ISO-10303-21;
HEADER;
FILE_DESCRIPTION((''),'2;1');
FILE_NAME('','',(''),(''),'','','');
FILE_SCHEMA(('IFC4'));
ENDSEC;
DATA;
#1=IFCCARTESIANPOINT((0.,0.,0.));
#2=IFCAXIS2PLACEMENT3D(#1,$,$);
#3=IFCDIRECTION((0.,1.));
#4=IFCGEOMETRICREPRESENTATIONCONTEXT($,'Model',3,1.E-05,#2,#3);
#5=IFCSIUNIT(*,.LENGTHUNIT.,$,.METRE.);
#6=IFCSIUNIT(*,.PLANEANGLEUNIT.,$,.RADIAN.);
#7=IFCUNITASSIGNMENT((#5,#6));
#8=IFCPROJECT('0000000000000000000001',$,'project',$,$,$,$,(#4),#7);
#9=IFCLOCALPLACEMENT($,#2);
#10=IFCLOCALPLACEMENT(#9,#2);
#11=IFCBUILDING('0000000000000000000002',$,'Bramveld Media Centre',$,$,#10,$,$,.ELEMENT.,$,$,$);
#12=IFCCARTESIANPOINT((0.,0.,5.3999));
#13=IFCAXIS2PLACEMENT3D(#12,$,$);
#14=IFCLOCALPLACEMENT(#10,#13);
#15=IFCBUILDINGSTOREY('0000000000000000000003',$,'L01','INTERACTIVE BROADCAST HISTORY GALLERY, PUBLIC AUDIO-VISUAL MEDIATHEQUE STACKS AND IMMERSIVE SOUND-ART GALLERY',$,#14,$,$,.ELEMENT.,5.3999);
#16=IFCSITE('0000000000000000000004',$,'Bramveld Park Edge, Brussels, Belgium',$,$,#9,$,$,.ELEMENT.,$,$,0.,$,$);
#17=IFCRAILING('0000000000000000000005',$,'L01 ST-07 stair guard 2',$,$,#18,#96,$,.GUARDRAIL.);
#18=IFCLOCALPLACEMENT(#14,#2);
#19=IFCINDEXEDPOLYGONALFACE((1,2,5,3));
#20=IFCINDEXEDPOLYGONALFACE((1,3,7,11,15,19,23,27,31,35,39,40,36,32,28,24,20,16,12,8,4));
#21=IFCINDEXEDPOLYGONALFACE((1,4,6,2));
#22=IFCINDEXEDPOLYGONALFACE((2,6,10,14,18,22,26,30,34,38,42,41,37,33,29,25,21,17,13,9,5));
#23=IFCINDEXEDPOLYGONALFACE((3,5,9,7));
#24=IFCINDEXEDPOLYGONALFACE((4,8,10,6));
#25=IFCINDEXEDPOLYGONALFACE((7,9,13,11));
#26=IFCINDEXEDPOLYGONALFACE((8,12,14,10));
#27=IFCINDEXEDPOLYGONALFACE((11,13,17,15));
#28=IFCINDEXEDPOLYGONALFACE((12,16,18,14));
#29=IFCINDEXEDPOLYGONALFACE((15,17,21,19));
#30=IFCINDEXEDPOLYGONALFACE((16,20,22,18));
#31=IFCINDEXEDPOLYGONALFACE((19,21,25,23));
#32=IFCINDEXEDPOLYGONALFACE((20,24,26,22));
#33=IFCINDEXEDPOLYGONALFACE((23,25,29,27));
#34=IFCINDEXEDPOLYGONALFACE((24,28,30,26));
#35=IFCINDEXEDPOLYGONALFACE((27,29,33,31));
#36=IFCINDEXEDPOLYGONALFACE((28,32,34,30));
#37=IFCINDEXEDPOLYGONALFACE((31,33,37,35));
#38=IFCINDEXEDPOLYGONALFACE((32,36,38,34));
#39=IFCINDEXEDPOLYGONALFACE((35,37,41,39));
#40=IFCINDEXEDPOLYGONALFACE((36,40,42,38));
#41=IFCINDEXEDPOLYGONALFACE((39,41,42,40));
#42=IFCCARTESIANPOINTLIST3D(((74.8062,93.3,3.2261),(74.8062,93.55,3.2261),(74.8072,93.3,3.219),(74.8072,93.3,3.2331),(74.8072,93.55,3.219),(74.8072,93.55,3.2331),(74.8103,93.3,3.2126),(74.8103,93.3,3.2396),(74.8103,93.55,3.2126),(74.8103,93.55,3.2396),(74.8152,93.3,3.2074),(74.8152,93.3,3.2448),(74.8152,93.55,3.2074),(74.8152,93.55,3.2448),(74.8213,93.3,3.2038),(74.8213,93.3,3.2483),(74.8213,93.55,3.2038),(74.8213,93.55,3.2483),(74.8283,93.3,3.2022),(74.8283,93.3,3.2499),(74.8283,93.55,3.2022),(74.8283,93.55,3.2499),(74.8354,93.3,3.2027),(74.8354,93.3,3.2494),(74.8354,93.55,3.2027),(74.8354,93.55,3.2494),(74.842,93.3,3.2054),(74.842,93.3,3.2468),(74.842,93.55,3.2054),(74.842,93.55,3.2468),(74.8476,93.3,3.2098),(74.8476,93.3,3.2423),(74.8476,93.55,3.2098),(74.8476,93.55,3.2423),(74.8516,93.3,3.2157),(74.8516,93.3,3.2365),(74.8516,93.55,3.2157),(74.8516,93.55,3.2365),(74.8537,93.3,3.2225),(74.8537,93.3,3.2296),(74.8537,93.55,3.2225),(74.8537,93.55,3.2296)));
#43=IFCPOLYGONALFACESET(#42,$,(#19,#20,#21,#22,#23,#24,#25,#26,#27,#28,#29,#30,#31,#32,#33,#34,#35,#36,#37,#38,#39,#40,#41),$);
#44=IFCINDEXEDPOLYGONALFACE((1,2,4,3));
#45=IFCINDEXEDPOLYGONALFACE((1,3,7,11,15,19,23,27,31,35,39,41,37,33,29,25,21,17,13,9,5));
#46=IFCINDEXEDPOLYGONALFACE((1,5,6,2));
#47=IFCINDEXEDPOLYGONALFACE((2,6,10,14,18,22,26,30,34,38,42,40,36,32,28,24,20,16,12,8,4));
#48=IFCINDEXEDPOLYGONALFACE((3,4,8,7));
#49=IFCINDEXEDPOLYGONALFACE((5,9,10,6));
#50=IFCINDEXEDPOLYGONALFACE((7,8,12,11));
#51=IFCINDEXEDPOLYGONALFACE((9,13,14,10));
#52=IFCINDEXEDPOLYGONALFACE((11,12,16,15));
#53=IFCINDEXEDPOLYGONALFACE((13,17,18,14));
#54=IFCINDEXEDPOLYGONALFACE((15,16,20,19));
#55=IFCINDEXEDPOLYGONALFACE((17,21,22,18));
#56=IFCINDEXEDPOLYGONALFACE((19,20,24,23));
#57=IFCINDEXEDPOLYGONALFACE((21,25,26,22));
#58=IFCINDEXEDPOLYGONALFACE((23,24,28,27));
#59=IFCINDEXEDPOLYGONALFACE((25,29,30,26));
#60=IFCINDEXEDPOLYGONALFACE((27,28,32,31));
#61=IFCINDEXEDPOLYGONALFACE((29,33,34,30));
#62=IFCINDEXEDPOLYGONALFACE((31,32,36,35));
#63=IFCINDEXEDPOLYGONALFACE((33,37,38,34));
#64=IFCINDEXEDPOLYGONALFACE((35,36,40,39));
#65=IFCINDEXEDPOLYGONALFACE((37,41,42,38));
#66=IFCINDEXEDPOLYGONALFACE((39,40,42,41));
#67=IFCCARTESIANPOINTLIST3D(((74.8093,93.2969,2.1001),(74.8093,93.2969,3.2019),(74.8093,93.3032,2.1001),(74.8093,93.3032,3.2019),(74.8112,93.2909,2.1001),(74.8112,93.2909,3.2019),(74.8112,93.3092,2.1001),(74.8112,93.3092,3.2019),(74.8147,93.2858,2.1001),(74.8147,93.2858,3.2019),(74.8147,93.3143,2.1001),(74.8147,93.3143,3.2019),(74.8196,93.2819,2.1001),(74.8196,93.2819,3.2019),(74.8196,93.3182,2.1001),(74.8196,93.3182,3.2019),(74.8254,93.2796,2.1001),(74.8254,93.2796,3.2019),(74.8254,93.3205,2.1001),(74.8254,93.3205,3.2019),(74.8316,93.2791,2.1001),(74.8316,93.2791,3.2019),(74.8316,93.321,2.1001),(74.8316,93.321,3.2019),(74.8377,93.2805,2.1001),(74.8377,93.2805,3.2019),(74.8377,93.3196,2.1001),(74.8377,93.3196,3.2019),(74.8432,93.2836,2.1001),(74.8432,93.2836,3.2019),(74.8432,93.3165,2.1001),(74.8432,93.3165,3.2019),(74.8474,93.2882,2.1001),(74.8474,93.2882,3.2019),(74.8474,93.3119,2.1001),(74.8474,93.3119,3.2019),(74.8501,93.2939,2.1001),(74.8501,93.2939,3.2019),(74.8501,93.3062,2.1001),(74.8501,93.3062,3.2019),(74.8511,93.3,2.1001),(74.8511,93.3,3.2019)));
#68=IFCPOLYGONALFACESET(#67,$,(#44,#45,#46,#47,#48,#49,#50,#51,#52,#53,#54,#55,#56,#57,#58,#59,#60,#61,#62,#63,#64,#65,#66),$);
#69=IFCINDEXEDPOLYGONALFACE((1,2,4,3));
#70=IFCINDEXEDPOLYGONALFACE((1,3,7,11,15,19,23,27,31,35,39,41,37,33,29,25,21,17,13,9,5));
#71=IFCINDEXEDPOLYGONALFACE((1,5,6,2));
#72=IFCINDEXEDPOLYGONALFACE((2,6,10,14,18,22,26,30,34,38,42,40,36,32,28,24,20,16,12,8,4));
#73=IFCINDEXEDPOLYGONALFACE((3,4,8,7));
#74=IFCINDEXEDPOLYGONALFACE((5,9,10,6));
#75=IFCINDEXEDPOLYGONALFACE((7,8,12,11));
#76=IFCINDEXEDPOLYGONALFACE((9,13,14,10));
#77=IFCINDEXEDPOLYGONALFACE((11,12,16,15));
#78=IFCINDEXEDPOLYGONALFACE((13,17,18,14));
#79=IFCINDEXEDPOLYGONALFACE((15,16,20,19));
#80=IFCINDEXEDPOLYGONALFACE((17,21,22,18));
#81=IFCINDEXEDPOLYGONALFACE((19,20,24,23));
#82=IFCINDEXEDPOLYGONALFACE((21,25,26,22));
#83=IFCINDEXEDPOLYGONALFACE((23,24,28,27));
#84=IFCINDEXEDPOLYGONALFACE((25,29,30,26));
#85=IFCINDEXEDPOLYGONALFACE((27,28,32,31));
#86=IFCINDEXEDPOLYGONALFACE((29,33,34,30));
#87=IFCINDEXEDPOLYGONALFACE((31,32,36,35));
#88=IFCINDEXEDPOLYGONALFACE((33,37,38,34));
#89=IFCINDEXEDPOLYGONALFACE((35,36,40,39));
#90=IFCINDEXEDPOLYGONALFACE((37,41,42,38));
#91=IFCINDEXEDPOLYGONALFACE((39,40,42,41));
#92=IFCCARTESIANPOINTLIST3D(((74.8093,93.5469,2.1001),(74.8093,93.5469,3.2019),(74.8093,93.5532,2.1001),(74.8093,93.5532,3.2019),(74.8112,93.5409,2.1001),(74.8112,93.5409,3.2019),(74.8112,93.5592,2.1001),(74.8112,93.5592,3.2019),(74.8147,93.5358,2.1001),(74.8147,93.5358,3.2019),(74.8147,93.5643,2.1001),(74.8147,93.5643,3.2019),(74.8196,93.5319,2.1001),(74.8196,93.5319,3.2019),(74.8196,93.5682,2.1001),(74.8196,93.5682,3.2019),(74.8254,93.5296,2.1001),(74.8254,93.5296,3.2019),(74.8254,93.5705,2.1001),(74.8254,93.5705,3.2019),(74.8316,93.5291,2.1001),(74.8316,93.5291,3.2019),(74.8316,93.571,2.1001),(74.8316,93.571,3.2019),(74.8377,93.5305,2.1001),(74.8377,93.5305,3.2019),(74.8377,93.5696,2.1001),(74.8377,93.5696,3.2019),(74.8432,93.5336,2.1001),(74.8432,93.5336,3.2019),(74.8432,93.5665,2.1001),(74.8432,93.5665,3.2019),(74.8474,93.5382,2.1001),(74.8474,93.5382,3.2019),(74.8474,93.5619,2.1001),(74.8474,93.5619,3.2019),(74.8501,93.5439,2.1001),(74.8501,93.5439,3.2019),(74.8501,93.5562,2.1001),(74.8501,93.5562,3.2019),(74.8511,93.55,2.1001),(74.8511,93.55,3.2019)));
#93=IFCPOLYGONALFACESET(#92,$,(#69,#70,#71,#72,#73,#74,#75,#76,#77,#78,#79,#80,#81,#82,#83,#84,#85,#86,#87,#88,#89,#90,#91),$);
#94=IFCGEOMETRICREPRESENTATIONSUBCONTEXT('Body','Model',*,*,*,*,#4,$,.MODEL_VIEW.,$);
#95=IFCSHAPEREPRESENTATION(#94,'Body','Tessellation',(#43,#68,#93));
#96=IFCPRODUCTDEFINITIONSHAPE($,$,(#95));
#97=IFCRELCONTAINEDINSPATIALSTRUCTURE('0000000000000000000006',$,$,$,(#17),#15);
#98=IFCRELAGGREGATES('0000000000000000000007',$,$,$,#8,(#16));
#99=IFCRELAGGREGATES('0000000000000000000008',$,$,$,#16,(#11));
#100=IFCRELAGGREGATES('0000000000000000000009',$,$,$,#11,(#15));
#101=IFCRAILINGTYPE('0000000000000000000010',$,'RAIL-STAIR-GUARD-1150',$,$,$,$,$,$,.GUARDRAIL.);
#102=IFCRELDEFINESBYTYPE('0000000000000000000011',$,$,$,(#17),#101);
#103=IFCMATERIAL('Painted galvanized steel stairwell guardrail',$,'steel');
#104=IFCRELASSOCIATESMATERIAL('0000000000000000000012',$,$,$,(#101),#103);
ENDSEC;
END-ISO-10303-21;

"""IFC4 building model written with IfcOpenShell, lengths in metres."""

from ifc_helpers import new_model, si_unit, direction, frame, origin, origin_2d, place, context, subcontext, project, spatial, circle, extrude, material, type_object, element, save


model = new_model("IFC4")

# Units and contexts
model_context = context("Model", 3, precision=1e-05, world=origin(), true_north=direction((0.0, 1.0)))
body_context = subcontext(model_context, "Body", "Model", "MODEL_VIEW")
ifc_project = project(units=[si_unit("LENGTHUNIT", "METRE"), si_unit("PLANEANGLEUNIT", "RADIAN")], contexts=[model_context])

# Site, building, storey
site_placement = place(None, origin())
site = spatial("IfcSite", under=ifc_project, at=site_placement, Name="Bramveld Park Edge, Brussels, Belgium", CompositionType="ELEMENT", RefElevation=0.0)
building_placement = place(site_placement, origin())
building = spatial("IfcBuilding", under=site, at=building_placement, Name="Bramveld Media Centre", CompositionType="ELEMENT")
storey_placement = place(building_placement, frame((0.0, 0.0, 5.3999)))
storey = spatial("IfcBuildingStorey", under=building, at=storey_placement, Name="L01", Description="INTERACTIVE BROADCAST HISTORY GALLERY, PUBLIC AUDIO-VISUAL MEDIATHEQUE STACKS AND IMMERSIVE SOUND-ART GALLERY", CompositionType="ELEMENT", Elevation=5.3999)

# Railing
ifc_material_1 = material(Name="Painted galvanized steel stairwell guardrail", Category="steel")
railing_type_1 = type_object("IfcRailingType", Name="RAIL-STAIR-GUARD-1150", PredefinedType="GUARDRAIL", material=ifc_material_1)
railing_1_placement = place(storey_placement, frame((74.8301, 93.3, 2.1001)))
element("IfcRailing", 1, at=railing_1_placement, inside=storey, type_object=railing_type_1, Name="L01 ST-07 stair guard 2", PredefinedType="GUARDRAIL", context=body_context, shape_type="SweptSolid", body=[
    extrude(circle(Radius=0.0239, at=origin_2d()), frame((0.0, 0.0, 1.126), z_axis=(0.0, 1.0, 0.0), x_axis=(-1.0, 0.0, 0.0)), (0.0, 0.0, 1.0), 0.25),
    extrude(circle(Radius=0.021, at=origin_2d()), origin(), (0.0, 0.0, 1.0), 1.1018),
    extrude(circle(Radius=0.021, at=origin_2d()), frame((0.0, 0.25, 0.0)), (0.0, 0.0, 1.0), 1.1018),
])

save(model, "model.ifc")
